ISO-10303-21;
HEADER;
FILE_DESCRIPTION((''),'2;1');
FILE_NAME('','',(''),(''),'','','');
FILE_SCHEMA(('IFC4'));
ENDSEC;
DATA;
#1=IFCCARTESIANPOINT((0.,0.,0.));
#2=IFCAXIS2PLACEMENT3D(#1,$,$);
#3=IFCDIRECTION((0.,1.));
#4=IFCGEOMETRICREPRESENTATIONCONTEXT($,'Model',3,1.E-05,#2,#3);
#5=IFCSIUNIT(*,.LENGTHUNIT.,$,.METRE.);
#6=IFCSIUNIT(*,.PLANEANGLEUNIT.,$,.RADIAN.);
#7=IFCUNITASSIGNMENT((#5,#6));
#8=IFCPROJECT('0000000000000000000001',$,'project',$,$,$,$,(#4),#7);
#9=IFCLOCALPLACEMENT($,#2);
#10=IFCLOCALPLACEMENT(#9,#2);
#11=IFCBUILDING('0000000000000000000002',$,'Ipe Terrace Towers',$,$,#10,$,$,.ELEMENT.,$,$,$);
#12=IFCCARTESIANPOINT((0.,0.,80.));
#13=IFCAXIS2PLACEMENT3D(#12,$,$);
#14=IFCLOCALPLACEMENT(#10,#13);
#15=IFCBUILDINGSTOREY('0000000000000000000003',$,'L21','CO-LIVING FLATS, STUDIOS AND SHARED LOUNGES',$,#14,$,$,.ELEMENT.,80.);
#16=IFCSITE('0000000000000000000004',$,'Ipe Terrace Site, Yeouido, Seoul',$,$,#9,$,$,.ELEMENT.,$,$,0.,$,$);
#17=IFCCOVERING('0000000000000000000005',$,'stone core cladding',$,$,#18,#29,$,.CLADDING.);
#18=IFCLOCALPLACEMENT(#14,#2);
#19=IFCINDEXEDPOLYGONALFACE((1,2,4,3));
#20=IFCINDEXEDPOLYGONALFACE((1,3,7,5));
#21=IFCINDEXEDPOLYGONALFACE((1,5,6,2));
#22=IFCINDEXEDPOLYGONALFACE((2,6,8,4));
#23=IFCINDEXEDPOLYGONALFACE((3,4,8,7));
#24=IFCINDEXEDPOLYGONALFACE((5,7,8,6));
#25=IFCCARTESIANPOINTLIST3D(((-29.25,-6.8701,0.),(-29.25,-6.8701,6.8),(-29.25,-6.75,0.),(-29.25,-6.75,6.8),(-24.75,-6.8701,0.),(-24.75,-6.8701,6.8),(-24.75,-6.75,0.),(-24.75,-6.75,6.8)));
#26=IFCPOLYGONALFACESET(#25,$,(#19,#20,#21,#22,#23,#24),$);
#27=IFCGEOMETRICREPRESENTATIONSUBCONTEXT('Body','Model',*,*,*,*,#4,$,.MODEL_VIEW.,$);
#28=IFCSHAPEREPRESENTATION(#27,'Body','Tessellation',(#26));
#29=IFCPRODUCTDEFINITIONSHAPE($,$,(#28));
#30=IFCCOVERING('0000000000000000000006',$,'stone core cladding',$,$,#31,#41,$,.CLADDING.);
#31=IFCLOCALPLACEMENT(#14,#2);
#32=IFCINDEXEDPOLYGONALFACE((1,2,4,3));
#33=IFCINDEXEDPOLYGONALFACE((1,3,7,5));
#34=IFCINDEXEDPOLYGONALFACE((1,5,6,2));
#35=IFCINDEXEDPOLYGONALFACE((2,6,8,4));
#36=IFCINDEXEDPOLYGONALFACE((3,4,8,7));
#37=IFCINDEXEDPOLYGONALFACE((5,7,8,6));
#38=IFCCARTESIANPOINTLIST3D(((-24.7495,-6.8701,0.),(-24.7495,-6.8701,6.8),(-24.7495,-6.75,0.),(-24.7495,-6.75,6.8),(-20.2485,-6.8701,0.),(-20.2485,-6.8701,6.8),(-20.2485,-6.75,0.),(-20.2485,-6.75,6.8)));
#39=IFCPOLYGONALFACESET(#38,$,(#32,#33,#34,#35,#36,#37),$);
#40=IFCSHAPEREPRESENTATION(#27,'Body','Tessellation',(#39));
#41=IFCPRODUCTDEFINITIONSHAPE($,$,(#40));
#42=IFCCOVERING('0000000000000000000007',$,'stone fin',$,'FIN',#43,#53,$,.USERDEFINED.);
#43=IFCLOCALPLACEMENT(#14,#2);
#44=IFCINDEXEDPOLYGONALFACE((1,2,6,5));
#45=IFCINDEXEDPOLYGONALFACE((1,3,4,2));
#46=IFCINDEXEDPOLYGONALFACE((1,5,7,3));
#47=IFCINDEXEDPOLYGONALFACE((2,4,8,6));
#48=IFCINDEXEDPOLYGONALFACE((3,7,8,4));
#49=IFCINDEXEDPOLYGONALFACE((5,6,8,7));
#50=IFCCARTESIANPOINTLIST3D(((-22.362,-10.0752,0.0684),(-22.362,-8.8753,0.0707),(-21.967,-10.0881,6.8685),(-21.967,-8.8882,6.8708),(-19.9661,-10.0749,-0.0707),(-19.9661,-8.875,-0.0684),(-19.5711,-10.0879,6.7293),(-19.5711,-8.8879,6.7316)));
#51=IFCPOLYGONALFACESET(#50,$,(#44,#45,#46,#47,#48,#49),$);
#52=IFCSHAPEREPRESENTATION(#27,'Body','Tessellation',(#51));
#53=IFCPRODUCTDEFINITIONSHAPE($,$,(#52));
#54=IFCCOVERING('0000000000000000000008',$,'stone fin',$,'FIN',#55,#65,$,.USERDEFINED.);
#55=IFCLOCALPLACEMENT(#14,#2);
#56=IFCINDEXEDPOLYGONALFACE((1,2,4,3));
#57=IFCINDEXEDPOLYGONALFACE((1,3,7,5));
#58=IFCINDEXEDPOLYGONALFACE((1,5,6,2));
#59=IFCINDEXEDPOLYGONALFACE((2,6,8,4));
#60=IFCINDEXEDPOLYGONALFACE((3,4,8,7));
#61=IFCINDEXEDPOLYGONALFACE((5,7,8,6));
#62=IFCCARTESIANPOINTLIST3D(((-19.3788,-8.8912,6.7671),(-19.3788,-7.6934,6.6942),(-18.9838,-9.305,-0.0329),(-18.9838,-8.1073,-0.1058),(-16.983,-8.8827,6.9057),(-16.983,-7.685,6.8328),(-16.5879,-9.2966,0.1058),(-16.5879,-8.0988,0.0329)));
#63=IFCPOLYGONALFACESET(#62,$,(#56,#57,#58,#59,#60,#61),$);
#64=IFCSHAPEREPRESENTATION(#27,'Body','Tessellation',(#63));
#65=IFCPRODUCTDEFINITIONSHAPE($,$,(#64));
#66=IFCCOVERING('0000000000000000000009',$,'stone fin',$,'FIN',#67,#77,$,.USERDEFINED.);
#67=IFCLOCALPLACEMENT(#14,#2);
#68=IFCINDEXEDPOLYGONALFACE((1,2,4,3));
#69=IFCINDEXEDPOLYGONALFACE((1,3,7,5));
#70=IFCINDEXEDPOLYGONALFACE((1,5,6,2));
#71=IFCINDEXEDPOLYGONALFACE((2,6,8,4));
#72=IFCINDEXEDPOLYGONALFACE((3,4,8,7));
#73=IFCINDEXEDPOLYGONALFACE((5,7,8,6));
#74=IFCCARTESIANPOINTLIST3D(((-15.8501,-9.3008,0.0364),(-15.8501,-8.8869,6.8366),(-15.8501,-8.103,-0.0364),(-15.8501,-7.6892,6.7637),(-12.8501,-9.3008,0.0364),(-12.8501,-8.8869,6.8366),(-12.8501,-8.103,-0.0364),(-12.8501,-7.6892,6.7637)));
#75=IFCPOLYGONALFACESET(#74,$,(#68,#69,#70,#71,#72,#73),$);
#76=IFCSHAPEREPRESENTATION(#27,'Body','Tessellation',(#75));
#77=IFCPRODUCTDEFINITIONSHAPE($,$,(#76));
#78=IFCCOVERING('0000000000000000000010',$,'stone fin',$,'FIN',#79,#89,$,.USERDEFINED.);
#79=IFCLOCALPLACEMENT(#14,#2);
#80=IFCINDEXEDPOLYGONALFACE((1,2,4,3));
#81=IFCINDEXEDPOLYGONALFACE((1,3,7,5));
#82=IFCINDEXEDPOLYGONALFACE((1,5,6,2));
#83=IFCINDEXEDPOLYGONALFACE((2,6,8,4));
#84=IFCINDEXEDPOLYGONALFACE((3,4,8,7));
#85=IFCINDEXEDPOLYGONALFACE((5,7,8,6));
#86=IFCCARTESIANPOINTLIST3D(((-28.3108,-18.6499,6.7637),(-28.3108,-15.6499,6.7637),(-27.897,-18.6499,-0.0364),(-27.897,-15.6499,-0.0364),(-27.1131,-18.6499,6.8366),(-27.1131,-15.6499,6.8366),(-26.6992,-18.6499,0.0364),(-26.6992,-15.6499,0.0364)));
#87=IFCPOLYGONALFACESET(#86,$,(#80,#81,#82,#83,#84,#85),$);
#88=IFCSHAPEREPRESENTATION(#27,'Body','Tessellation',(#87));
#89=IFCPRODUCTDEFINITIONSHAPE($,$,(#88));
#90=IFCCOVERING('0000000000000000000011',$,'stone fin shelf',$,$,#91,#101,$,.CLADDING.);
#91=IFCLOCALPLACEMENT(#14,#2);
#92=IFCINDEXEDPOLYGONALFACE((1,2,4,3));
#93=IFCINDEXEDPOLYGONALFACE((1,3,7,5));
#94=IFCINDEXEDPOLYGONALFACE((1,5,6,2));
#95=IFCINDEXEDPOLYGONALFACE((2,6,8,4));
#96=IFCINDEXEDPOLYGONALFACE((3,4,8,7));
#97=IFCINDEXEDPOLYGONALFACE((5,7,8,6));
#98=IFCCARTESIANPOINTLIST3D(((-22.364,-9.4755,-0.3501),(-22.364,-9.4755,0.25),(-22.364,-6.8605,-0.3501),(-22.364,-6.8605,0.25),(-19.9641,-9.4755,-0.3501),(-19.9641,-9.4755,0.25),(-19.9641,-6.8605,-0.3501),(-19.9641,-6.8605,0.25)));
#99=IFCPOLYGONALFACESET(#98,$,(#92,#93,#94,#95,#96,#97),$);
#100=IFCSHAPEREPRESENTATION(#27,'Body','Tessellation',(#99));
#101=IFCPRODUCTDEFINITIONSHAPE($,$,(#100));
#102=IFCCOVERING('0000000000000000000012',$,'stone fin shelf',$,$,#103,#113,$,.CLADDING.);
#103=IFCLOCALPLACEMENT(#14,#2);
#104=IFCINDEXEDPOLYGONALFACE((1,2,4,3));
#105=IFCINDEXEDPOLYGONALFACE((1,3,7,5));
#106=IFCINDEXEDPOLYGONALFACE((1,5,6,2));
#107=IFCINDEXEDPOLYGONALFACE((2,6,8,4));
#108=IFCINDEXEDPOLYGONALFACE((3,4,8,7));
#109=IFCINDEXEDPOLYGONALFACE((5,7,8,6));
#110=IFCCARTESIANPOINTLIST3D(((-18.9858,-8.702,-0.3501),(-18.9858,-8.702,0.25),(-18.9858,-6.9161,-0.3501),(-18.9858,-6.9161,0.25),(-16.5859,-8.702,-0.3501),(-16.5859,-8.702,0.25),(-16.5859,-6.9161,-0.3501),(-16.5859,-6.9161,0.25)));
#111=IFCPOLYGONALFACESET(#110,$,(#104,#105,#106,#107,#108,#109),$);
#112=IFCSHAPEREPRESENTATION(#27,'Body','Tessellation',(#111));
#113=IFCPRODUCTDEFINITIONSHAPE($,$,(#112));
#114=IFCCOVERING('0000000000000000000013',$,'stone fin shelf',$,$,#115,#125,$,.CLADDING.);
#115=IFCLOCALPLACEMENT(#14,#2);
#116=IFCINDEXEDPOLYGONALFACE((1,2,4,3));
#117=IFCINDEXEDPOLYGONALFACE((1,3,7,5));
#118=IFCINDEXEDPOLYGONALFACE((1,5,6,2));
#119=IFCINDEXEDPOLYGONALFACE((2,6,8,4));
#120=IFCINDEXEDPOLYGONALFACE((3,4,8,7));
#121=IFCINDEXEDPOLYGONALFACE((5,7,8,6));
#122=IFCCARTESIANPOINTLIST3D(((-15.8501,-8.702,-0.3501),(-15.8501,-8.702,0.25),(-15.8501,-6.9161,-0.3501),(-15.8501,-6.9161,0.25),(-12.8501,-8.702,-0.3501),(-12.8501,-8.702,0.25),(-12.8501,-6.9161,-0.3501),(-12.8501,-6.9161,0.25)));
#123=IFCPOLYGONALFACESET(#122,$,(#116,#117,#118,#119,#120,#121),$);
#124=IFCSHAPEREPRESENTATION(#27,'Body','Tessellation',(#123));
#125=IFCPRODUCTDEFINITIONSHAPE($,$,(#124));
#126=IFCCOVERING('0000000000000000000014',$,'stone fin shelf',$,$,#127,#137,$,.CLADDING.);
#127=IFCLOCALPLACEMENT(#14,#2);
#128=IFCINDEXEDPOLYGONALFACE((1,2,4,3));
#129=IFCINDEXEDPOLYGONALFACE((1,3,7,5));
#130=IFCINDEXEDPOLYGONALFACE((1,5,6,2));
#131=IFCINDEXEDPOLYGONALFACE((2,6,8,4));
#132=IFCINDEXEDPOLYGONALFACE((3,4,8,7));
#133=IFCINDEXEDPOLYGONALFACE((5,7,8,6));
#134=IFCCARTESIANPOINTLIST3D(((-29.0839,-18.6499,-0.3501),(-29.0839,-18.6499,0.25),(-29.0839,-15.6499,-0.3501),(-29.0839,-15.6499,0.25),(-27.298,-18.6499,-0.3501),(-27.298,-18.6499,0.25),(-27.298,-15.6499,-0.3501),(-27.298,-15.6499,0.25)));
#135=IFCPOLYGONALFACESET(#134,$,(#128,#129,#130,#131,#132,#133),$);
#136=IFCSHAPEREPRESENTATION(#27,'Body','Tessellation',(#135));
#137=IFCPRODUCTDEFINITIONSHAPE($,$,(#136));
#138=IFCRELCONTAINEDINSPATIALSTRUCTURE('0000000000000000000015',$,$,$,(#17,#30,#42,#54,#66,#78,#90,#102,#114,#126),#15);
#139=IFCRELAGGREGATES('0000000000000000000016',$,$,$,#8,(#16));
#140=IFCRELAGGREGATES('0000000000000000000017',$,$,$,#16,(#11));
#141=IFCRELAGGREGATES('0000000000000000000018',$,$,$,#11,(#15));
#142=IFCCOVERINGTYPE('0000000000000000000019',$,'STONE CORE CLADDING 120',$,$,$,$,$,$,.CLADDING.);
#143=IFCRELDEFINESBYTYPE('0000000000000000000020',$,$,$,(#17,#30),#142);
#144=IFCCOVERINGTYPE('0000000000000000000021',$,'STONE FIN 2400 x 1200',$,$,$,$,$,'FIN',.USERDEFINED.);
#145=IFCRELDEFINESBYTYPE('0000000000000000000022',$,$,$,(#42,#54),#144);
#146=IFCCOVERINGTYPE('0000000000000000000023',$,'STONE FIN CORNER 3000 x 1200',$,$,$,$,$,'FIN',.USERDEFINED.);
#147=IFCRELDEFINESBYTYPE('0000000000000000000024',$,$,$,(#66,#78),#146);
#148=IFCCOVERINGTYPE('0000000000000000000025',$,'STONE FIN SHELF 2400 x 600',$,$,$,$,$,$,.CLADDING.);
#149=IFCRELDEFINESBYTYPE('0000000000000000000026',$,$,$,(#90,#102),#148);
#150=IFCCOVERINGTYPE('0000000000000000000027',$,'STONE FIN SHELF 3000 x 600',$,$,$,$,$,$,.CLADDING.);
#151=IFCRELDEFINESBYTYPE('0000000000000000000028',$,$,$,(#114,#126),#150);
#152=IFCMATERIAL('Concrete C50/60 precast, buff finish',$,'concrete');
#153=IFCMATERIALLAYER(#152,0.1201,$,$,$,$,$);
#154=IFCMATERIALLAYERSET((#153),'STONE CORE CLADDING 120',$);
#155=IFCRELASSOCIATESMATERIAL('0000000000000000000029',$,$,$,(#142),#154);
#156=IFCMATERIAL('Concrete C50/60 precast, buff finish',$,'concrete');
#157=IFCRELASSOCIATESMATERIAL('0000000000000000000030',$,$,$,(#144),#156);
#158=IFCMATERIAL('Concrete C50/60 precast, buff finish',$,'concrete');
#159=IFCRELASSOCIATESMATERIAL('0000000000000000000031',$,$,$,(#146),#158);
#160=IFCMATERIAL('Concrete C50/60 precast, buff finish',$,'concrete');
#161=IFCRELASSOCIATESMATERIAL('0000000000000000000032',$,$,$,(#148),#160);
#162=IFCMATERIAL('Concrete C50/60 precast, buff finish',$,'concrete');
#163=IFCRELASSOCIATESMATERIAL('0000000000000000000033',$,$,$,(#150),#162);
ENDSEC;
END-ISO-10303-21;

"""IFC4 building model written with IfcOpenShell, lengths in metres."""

from ifc_helpers import new_model, si_unit, direction, frame, origin, origin_2d, place, context, subcontext, project, spatial, rectangle, extrude, material, layer, layer_set, material_profile, profile_set, type_object, element, save


model = new_model("IFC4")

# Units and contexts
model_context = context("Model", 3, precision=1e-05, world=origin(), true_north=direction((0.0, 1.0)))
body_context = subcontext(model_context, "Body", "Model", "MODEL_VIEW")
ifc_project = project(units=[si_unit("LENGTHUNIT", "METRE"), si_unit("PLANEANGLEUNIT", "RADIAN")], contexts=[model_context])

# Site, building, storey
site_placement = place(None, origin())
site = spatial("IfcSite", under=ifc_project, at=site_placement, Name="Ipe Terrace Site, Yeouido, Seoul", CompositionType="ELEMENT", RefElevation=0.0)
building_placement = place(site_placement, origin())
building = spatial("IfcBuilding", under=site, at=building_placement, Name="Ipe Terrace Towers", CompositionType="ELEMENT")
storey_placement = place(building_placement, frame((0.0, 0.0, 80.0)))
storey = spatial("IfcBuildingStorey", under=building, at=storey_placement, Name="L21", Description="CO-LIVING FLATS, STUDIOS AND SHARED LOUNGES", CompositionType="ELEMENT", Elevation=80.0)

# Coverings
ifc_material_1 = material(Name="Concrete C50/60 precast, buff finish", Category="concrete")
ifc_layer_1 = layer(ifc_material_1, 0.1201)
ifc_layer_set_1 = layer_set([ifc_layer_1], Name="STONE CORE CLADDING 120")
covering_type_1 = type_object("IfcCoveringType", Name="STONE CORE CLADDING 120", PredefinedType="CLADDING", material=ifc_layer_set_1)
covering_1_placement = place(storey_placement, frame((-27.0, -6.8101, 0.0), z_axis=(0.0, 0.0, 1.0), x_axis=(1.0, 0.0, 0.0)))
element("IfcCovering", 1, at=covering_1_placement, inside=storey, type_object=covering_type_1, Name="stone core cladding", PredefinedType="CLADDING", context=body_context, shape_type="SweptSolid", body=[
    extrude(rectangle(XDim=4.5, YDim=0.1201, at=origin_2d()), origin(), (0.0, 0.0, 1.0), 6.8),
])
covering_2_placement = place(storey_placement, frame((-22.499, -6.8101, 0.0), z_axis=(0.0, 0.0, 1.0), x_axis=(1.0, 0.0, 0.0)))
element("IfcCovering", 2, at=covering_2_placement, inside=storey, type_object=covering_type_1, Name="stone core cladding", PredefinedType="CLADDING", context=body_context, shape_type="SweptSolid", body=[
    extrude(rectangle(XDim=4.501, YDim=0.1201, at=origin_2d()), origin(), (0.0, 0.0, 1.0), 6.8),
])
ifc_material_2 = material(Name="Concrete C50/60 precast, buff finish", Category="concrete")
ifc_material_profile_1 = material_profile(ifc_material_2, rectangle(XDim=2.3999, YDim=1.2, at=origin_2d()), Name="STONE FIN 2400 x 1200")
ifc_profile_set_1 = profile_set([ifc_material_profile_1], Name="Concrete C50/60 precast, buff finish")
covering_type_2 = type_object("IfcCoveringType", Name="STONE FIN 2400 x 1200", ElementType="FIN", PredefinedType="USERDEFINED", material=ifc_profile_set_1)
covering_3_placement = place(storey_placement, frame((-21.1641, -9.4751, 0.0), z_axis=(0.057993, -0.0019, 0.998315), x_axis=(0.998317, 0.00011, -0.057993)))
element("IfcCovering", 3, at=covering_3_placement, inside=storey, type_object=covering_type_2, Name="stone fin", ObjectType="FIN", PredefinedType="USERDEFINED", context=body_context, shape_type="SweptSolid", body=[
    extrude(rectangle(XDim=2.3999, YDim=1.2, at=origin_2d()), origin(), (0.0, 0.0, 1.0), 6.8115),
])
covering_4_placement = place(storey_placement, frame((-17.7859, -8.7019, 0.0), z_axis=(-0.057886, 0.060641, 0.99648), x_axis=(0.998323, 0.003516, 0.057779)))
element("IfcCovering", 4, at=covering_4_placement, inside=storey, type_object=covering_type_2, Name="stone fin", ObjectType="FIN", PredefinedType="USERDEFINED", context=body_context, shape_type="SweptSolid", body=[
    extrude(rectangle(XDim=2.3999, YDim=1.2, at=origin_2d()), origin(), (0.0, 0.0, 1.0), 6.824),
])
ifc_material_3 = material(Name="Concrete C50/60 precast, buff finish", Category="concrete")
ifc_material_profile_2 = material_profile(ifc_material_3, rectangle(XDim=3.0, YDim=1.2, at=origin_2d()), Name="STONE FIN CORNER 3000 x 1200")
ifc_profile_set_2 = profile_set([ifc_material_profile_2], Name="Concrete C50/60 precast, buff finish")
covering_type_3 = type_object("IfcCoveringType", Name="STONE FIN CORNER 3000 x 1200", ElementType="FIN", PredefinedType="USERDEFINED", material=ifc_profile_set_2)
for number, where, z_axis, x_axis, name in (
    (5, (-14.3501, -8.7019, 0.0), (0.0, 0.060743, 0.998153), (1.0, 0.0, 0.0), "stone fin"),
    (6, (-27.2981, -17.1499, 0.0), (-0.060743, 0.0, 0.998153), (0.0, 1.0, 0.0), "stone fin"),
):
    element("IfcCovering", number, at=place(storey_placement, frame(where, z_axis=z_axis, x_axis=x_axis)), inside=storey, type_object=covering_type_3, Name=name, ObjectType="FIN", PredefinedType="USERDEFINED", context=body_context, shape_type="SweptSolid", body=[
        extrude(rectangle(XDim=3.0, YDim=1.2, at=origin_2d()), origin(), (0.0, 0.0, 1.0), 6.8127),
    ])
ifc_material_4 = material(Name="Concrete C50/60 precast, buff finish", Category="concrete")
covering_type_4 = type_object("IfcCoveringType", Name="STONE FIN SHELF 2400 x 600", PredefinedType="CLADDING", material=ifc_material_4)
covering_5_placement = place(storey_placement, frame((-21.1641, -8.168, -0.3501), z_axis=(0.0, 0.0, 1.0), x_axis=(1.0, 0.0, 0.0)))
element("IfcCovering", 7, at=covering_5_placement, inside=storey, type_object=covering_type_4, Name="stone fin shelf", PredefinedType="CLADDING", context=body_context, shape_type="SweptSolid", body=[
    extrude(rectangle(XDim=2.3999, YDim=2.615, at=origin_2d()), origin(), (0.0, 0.0, 1.0), 0.6001),
])
covering_6_placement = place(storey_placement, frame((-17.7859, -7.8091, -0.3501), z_axis=(0.0, 0.0, 1.0), x_axis=(1.0, 0.0, 0.0)))
element("IfcCovering", 8, at=covering_6_placement, inside=storey, type_object=covering_type_4, Name="stone fin shelf", PredefinedType="CLADDING", context=body_context, shape_type="SweptSolid", body=[
    extrude(rectangle(XDim=2.3999, YDim=1.7859, at=origin_2d()), origin(), (0.0, 0.0, 1.0), 0.6001),
])
ifc_material_5 = material(Name="Concrete C50/60 precast, buff finish", Category="concrete")
covering_type_5 = type_object("IfcCoveringType", Name="STONE FIN SHELF 3000 x 600", PredefinedType="CLADDING", material=ifc_material_5)
for number, where, z_axis, x_axis, name in (
    (9, (-14.3501, -7.8091, -0.3501), (0.0, 0.0, 1.0), (1.0, 0.0, 0.0), "stone fin shelf"),
    (10, (-28.1909, -17.1499, -0.3501), (0.0, 0.0, 1.0), (0.0, 1.0, 0.0), "stone fin shelf"),
):
    element("IfcCovering", number, at=place(storey_placement, frame(where, z_axis=z_axis, x_axis=x_axis)), inside=storey, type_object=covering_type_5, Name=name, PredefinedType="CLADDING", context=body_context, shape_type="SweptSolid", body=[
        extrude(rectangle(XDim=3.0, YDim=1.7859, at=origin_2d()), origin(), (0.0, 0.0, 1.0), 0.6001),
    ])

save(model, "model.ifc")
